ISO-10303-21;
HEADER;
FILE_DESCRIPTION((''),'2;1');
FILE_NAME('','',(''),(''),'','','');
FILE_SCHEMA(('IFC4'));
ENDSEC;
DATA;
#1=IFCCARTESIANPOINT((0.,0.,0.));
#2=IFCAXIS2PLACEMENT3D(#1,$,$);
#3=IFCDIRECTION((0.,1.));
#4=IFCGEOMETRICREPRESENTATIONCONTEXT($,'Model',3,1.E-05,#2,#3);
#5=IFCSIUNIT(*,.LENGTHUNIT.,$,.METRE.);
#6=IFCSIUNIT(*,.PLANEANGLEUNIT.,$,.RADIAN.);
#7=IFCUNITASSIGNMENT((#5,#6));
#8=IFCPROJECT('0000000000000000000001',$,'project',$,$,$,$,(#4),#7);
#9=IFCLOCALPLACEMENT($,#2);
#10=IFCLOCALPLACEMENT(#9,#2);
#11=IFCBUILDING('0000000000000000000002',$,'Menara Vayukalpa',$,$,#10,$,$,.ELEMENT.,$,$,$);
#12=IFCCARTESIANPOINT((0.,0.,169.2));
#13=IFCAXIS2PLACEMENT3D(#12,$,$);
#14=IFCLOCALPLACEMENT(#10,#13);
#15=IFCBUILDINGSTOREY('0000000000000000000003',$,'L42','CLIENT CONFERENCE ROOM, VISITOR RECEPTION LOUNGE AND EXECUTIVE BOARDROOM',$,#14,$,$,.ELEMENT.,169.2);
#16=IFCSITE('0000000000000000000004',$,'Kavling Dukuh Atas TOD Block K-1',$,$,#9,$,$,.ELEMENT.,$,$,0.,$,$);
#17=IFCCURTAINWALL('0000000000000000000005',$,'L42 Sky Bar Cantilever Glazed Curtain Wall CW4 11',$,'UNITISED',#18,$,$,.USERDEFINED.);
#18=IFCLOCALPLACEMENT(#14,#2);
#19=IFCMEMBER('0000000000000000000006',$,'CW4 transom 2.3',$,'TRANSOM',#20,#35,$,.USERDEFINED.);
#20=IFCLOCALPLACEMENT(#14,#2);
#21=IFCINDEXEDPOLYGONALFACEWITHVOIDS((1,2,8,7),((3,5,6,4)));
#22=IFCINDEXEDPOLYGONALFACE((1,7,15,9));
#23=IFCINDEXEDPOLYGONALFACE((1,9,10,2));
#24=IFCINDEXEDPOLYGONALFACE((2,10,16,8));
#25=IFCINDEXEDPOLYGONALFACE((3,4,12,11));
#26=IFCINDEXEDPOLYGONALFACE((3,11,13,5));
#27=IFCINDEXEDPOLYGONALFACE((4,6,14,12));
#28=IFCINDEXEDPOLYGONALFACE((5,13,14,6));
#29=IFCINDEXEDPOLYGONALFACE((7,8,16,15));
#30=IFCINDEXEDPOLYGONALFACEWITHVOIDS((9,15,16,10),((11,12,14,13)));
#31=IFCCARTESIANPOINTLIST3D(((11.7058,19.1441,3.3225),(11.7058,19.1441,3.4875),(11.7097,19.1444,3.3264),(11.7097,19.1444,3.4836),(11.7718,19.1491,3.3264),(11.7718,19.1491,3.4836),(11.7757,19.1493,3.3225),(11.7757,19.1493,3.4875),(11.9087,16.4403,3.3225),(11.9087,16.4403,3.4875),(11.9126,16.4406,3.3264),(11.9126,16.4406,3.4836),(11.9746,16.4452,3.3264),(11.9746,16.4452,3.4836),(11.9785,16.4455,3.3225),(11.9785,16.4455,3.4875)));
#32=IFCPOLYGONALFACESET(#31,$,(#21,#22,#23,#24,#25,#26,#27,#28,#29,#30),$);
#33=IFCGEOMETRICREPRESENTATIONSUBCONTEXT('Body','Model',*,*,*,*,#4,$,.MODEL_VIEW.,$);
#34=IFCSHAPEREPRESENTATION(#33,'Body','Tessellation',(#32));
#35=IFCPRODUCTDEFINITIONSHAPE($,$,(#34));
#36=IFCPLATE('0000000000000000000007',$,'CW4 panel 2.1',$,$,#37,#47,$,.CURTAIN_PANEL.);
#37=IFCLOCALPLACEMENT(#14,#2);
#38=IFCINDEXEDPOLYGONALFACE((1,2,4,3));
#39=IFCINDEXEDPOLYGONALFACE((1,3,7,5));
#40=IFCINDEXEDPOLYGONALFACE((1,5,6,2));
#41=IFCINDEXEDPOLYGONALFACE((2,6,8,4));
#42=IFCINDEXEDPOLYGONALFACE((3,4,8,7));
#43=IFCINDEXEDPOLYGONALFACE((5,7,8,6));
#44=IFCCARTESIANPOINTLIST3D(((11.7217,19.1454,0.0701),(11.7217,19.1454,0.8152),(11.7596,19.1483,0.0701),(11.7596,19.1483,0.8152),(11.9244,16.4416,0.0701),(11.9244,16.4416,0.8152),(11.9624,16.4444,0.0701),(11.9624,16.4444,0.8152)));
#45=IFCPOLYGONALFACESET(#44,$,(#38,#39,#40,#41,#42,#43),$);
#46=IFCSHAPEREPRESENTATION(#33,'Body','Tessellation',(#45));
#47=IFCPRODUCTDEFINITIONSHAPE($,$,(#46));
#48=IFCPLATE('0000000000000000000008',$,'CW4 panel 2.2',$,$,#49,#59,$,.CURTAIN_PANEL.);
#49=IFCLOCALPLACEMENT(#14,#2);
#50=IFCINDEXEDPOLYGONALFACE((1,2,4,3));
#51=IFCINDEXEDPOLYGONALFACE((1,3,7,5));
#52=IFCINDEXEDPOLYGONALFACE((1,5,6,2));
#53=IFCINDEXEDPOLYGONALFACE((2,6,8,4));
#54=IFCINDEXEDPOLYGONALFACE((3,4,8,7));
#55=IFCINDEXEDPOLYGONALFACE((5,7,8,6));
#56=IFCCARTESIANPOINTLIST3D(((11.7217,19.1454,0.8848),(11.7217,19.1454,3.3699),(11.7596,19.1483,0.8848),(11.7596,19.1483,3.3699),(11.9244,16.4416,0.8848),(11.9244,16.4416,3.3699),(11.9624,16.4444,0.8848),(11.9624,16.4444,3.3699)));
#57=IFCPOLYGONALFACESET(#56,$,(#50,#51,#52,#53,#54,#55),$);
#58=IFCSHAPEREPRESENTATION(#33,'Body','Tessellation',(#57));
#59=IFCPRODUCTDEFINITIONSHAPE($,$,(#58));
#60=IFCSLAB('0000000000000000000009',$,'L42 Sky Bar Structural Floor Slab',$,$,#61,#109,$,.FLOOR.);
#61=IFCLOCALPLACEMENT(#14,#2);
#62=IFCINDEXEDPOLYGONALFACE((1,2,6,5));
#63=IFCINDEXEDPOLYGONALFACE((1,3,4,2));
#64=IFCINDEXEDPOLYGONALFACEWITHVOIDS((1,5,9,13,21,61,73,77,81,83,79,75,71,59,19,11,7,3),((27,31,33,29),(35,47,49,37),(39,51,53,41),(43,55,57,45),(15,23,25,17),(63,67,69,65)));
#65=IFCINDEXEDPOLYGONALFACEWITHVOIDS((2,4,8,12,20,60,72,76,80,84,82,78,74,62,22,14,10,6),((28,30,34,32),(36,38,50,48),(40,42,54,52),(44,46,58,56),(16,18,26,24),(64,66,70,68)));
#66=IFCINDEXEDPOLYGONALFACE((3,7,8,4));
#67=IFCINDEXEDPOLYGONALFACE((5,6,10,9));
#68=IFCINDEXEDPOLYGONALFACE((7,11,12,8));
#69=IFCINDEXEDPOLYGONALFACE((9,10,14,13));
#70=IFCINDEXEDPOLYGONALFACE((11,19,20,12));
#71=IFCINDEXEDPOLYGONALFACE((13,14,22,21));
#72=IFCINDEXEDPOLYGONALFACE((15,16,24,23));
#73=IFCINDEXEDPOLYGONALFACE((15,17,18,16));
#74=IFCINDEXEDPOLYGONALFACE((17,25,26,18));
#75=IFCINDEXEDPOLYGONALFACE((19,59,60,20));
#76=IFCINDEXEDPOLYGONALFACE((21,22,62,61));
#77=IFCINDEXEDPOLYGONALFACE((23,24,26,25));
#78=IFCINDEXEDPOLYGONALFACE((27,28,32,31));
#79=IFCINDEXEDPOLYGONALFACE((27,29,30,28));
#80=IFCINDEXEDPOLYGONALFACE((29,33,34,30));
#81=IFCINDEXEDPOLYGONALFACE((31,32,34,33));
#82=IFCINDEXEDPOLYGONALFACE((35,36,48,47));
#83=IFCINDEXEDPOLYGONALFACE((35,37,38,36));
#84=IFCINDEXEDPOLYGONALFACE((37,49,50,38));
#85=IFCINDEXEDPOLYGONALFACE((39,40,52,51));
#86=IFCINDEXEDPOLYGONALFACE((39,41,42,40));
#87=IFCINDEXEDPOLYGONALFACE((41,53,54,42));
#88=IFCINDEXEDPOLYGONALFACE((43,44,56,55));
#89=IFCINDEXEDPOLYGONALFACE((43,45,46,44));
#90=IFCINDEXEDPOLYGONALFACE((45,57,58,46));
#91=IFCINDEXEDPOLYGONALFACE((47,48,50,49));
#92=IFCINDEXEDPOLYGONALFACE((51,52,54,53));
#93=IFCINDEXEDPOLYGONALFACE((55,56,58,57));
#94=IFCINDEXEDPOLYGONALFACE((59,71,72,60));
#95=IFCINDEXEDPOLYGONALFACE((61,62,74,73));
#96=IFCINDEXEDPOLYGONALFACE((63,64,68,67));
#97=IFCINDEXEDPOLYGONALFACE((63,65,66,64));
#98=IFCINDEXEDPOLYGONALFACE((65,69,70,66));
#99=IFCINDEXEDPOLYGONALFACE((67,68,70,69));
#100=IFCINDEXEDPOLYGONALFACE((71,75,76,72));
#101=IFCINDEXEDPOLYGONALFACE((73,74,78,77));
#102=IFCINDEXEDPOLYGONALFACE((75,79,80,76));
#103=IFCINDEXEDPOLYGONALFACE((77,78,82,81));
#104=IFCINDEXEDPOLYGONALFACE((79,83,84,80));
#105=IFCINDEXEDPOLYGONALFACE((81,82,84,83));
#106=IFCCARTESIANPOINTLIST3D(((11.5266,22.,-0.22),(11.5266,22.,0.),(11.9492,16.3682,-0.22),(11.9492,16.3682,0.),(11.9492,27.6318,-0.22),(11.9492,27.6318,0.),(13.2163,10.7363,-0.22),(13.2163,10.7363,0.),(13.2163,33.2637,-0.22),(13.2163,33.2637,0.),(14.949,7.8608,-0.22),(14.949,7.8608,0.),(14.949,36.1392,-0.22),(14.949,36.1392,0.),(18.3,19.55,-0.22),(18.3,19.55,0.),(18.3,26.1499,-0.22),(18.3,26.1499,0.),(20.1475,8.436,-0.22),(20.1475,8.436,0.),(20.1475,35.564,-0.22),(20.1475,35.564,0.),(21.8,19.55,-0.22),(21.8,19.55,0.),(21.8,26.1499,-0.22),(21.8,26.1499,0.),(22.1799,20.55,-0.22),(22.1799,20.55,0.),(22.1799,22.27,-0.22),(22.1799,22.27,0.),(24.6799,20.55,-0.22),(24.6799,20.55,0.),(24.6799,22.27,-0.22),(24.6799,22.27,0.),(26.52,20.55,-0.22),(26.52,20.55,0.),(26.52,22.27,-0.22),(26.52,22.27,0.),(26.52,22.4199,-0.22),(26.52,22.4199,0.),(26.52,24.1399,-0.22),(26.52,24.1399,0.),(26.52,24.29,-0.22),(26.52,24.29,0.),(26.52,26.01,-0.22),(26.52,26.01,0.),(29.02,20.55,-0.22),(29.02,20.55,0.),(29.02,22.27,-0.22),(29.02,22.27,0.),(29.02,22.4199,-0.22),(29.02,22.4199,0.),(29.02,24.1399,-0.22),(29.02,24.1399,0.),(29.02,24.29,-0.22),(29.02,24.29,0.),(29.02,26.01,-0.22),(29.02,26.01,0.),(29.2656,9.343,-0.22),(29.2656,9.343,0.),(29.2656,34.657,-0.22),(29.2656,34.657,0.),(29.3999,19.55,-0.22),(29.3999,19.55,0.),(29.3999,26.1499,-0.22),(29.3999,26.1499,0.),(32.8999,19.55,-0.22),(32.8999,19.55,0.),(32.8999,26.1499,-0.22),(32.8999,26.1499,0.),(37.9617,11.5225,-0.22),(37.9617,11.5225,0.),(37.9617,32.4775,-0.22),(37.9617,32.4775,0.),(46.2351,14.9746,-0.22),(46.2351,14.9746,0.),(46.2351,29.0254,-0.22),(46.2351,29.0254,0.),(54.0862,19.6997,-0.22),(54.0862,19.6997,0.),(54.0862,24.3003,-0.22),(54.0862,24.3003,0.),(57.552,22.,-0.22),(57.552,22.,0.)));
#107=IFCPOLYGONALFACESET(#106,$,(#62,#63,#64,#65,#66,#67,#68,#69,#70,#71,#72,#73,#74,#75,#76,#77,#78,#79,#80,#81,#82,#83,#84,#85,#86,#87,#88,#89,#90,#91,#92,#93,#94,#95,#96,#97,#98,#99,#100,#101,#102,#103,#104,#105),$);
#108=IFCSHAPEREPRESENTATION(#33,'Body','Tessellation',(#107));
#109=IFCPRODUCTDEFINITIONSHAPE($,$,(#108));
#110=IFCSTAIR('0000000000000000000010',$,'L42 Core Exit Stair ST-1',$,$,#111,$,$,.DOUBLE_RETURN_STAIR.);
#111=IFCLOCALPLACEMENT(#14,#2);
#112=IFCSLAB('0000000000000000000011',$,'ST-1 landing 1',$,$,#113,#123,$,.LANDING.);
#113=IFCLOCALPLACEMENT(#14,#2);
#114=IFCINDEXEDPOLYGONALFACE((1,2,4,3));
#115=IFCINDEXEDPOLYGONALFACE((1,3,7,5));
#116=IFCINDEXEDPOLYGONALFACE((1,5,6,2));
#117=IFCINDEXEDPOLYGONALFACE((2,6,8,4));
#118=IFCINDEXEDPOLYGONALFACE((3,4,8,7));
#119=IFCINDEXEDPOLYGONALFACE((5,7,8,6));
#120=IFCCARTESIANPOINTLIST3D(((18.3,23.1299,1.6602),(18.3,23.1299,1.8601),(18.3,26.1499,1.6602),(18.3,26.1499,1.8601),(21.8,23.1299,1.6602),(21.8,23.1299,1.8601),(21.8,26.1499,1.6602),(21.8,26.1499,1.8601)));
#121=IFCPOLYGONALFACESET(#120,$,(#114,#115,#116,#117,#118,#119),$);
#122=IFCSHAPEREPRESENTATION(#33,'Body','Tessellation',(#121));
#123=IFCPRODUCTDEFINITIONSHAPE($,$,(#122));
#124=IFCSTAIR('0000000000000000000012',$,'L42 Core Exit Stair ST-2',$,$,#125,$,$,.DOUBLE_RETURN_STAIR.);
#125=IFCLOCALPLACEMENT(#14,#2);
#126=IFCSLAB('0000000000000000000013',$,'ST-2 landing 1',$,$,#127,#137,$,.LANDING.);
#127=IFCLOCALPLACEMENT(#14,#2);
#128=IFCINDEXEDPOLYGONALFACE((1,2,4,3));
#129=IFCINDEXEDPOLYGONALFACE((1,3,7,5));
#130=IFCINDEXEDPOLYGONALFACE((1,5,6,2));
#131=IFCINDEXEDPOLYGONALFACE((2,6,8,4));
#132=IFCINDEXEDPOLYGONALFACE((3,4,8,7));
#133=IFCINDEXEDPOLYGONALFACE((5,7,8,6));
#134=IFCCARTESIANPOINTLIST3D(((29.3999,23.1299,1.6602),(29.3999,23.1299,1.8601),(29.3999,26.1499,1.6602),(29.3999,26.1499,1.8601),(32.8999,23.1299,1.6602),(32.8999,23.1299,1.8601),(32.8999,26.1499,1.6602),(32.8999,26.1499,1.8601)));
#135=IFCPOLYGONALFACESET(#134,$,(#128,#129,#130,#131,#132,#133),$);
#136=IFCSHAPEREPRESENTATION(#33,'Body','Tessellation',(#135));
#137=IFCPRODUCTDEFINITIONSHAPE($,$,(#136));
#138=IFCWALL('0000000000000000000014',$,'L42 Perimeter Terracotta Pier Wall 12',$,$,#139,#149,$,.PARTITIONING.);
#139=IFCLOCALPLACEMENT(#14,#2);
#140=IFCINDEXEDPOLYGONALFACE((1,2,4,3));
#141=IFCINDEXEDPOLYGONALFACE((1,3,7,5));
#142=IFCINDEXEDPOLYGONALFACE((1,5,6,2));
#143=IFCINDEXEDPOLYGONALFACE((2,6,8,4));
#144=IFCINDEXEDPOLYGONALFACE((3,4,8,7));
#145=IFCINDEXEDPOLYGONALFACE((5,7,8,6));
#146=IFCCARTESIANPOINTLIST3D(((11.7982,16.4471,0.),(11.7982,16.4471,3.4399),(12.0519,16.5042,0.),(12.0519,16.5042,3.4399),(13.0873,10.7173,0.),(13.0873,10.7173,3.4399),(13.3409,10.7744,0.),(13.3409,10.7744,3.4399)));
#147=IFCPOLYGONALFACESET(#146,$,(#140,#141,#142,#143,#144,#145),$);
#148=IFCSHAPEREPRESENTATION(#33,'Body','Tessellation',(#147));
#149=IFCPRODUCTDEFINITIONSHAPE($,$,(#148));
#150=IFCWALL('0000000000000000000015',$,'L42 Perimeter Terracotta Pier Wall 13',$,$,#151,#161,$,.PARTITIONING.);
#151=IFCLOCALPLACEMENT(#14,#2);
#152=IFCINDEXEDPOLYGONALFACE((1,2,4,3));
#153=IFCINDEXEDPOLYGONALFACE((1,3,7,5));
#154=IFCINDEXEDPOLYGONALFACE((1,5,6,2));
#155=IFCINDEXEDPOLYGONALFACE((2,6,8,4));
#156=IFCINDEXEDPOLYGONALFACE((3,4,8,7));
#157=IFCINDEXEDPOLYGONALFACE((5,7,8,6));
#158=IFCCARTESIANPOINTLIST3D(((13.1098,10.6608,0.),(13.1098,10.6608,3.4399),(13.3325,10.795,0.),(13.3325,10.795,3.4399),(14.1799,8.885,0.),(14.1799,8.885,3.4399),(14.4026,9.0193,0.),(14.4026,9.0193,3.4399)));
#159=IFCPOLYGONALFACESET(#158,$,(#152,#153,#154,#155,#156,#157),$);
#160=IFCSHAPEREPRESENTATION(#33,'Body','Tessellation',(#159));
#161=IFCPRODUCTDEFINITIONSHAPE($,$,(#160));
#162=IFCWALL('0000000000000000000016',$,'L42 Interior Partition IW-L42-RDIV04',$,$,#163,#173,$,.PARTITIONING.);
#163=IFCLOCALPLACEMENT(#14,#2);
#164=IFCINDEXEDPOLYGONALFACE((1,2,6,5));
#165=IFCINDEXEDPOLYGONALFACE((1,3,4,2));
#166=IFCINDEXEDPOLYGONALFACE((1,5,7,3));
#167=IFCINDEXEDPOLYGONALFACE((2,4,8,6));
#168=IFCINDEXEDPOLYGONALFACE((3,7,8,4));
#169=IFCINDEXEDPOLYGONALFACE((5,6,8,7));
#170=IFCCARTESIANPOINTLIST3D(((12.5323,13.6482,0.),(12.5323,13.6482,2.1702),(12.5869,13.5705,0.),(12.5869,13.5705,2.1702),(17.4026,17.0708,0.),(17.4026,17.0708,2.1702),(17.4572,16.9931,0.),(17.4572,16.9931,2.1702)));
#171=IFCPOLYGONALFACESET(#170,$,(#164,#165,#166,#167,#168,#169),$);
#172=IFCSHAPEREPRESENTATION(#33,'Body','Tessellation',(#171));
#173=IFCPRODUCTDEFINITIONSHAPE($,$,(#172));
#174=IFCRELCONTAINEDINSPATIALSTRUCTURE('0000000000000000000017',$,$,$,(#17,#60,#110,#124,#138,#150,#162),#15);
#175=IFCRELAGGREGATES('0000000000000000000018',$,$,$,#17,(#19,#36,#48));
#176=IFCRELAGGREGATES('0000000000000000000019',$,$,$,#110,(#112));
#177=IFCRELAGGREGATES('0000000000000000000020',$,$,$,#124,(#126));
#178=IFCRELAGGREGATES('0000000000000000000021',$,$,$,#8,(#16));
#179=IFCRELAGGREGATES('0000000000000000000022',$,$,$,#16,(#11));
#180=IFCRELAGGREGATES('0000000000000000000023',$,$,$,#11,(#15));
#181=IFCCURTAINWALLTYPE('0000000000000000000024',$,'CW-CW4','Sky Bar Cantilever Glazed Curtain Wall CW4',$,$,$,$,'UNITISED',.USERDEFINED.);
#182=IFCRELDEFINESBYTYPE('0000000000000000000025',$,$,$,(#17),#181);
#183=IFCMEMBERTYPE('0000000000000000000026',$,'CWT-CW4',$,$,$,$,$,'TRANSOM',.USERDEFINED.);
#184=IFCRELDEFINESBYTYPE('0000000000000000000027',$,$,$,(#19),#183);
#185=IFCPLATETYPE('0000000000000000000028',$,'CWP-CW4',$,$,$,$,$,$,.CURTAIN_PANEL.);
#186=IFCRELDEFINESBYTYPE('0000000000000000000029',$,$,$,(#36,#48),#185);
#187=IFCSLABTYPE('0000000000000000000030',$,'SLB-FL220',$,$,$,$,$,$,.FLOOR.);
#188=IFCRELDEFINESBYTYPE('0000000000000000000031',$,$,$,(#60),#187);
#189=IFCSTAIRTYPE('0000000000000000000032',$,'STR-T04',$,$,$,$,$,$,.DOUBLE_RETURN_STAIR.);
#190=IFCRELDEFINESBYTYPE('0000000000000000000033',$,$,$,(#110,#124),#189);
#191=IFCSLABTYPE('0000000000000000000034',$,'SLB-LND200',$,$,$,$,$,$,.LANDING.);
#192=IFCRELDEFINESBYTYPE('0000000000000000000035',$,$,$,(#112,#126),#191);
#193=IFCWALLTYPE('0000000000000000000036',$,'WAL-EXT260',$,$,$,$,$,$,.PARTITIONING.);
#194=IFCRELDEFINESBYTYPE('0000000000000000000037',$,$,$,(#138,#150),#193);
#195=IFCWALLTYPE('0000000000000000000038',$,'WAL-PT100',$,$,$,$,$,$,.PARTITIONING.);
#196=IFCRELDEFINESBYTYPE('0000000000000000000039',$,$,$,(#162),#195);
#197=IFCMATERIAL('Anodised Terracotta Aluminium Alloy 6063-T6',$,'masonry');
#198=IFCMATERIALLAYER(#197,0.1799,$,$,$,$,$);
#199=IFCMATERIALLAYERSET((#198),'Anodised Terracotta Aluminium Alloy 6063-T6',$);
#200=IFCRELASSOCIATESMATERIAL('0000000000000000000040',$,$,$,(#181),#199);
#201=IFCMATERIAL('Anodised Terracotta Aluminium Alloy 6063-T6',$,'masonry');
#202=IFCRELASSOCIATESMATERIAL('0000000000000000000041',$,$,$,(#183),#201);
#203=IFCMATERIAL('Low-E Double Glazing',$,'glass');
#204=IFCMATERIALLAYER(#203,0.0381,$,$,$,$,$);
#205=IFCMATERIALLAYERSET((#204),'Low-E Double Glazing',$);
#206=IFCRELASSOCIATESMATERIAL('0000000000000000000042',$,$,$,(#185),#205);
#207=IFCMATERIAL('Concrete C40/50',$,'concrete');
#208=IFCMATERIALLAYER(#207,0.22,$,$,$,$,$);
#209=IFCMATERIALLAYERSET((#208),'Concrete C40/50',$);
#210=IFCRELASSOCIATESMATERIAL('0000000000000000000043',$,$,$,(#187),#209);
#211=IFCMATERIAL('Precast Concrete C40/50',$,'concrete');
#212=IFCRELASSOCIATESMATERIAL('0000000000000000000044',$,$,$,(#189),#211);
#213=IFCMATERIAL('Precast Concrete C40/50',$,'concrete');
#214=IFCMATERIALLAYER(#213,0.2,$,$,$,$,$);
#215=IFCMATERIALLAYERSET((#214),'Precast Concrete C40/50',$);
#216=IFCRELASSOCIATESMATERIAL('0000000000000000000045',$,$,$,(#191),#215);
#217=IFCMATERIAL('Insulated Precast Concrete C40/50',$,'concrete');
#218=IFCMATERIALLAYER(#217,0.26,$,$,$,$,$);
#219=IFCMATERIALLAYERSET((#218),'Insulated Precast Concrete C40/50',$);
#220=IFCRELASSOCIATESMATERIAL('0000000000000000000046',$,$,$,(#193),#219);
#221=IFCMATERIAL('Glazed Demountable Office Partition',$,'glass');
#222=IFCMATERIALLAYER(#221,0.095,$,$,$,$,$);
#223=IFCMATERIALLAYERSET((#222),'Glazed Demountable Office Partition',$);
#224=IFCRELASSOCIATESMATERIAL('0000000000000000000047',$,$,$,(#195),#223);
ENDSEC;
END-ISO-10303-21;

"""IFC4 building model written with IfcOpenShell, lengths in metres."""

from ifc_helpers import new_model, si_unit, direction, frame, frame_2d, origin, origin_2d, place, context, subcontext, project, spatial, polyline, rectangle, hollow_rectangle, outline, extrude, material, layer, layer_set, material_profile, profile_set, type_object, element, aggregate, save


model = new_model("IFC4")

# Units and contexts
model_context = context("Model", 3, precision=1e-05, world=origin(), true_north=direction((0.0, 1.0)))
body_context = subcontext(model_context, "Body", "Model", "MODEL_VIEW")
ifc_project = project(units=[si_unit("LENGTHUNIT", "METRE"), si_unit("PLANEANGLEUNIT", "RADIAN")], contexts=[model_context])

# Site, building, storey
site_placement = place(None, origin())
site = spatial("IfcSite", under=ifc_project, at=site_placement, Name="Kavling Dukuh Atas TOD Block K-1", CompositionType="ELEMENT", RefElevation=0.0)
building_placement = place(site_placement, origin())
building = spatial("IfcBuilding", under=site, at=building_placement, Name="Menara Vayukalpa", CompositionType="ELEMENT")
storey_placement = place(building_placement, frame((0.0, 0.0, 169.2)))
storey = spatial("IfcBuildingStorey", under=building, at=storey_placement, Name="L42", Description="CLIENT CONFERENCE ROOM, VISITOR RECEPTION LOUNGE AND EXECUTIVE BOARDROOM", CompositionType="ELEMENT", Elevation=169.2)

# Curtain wall, member, plates
ifc_material_1 = material(Name="Anodised Terracotta Aluminium Alloy 6063-T6", Category="masonry")
ifc_layer_1 = layer(ifc_material_1, 0.1799)
ifc_layer_set_1 = layer_set([ifc_layer_1], Name="Anodised Terracotta Aluminium Alloy 6063-T6")
curtain_wall_type = type_object("IfcCurtainWallType", Name="CW-CW4", Description="Sky Bar Cantilever Glazed Curtain Wall CW4", ElementType="UNITISED", PredefinedType="USERDEFINED", material=ifc_layer_set_1)
curtain_wall_placement = place(storey_placement, origin())
curtain_wall = element("IfcCurtainWall", 1, at=curtain_wall_placement, inside=storey, type_object=curtain_wall_type, Name="L42 Sky Bar Cantilever Glazed Curtain Wall CW4 11", ObjectType="UNITISED", PredefinedType="USERDEFINED")
ifc_material_2 = material(Name="Anodised Terracotta Aluminium Alloy 6063-T6", Category="masonry")
ifc_material_profile_1 = material_profile(ifc_material_2, hollow_rectangle(XDim=0.0701, YDim=0.165, WallThickness=0.0039, at=origin_2d()), Name="ALU 70x165x4")
ifc_profile_set_1 = profile_set([ifc_material_profile_1], Name="Anodised Terracotta Aluminium Alloy 6063-T6")
member_type_1 = type_object("IfcMemberType", Name="CWT-CW4", ElementType="TRANSOM", PredefinedType="USERDEFINED", material=ifc_profile_set_1)
member_1_placement = place(storey_placement, frame((11.7407, 19.1467, 3.405), z_axis=(0.074824, -0.997197, 0.0), x_axis=(0.997197, 0.074824, 0.0)))
member_1 = element("IfcMember", 2, at=member_1_placement, type_object=member_type_1, Name="CW4 transom 2.3", ObjectType="TRANSOM", PredefinedType="USERDEFINED", context=body_context, shape_type="SweptSolid", body=[
    extrude(hollow_rectangle(XDim=0.0701, YDim=0.165, WallThickness=0.0039, at=origin_2d()), origin(), (0.0, 0.0, 1.0), 2.7114),
])
ifc_material_3 = material(Name="Low-E Double Glazing", Category="glass")
ifc_layer_2 = layer(ifc_material_3, 0.0381)
ifc_layer_set_2 = layer_set([ifc_layer_2], Name="Low-E Double Glazing")
plate_type = type_object("IfcPlateType", Name="CWP-CW4", PredefinedType="CURTAIN_PANEL", material=ifc_layer_set_2)
plate_1_placement = place(storey_placement, frame((11.842, 17.7949, 0.0701), z_axis=(0.0, 0.0, 1.0), x_axis=(0.074793, -0.997199, 0.0)))
plate_1 = element("IfcPlate", 3, at=plate_1_placement, type_object=plate_type, Name="CW4 panel 2.1", PredefinedType="CURTAIN_PANEL", context=body_context, shape_type="SweptSolid", body=[
    extrude(rectangle(XDim=2.7114, YDim=0.0381, at=origin_2d()), origin(), (0.0, 0.0, 1.0), 0.7451),
])
plate_2_placement = place(storey_placement, frame((11.842, 17.7949, 0.8848), z_axis=(0.0, 0.0, 1.0), x_axis=(0.074793, -0.997199, 0.0)))
plate_2 = element("IfcPlate", 4, at=plate_2_placement, type_object=plate_type, Name="CW4 panel 2.2", PredefinedType="CURTAIN_PANEL", context=body_context, shape_type="SweptSolid", body=[
    extrude(rectangle(XDim=2.7114, YDim=0.0381, at=origin_2d()), origin(), (0.0, 0.0, 1.0), 2.4851),
])
aggregate(curtain_wall, [member_1, plate_1, plate_2])

# Slab
ifc_material_4 = material(Name="Concrete C40/50", Category="concrete")
ifc_layer_3 = layer(ifc_material_4, 0.22)
ifc_layer_set_3 = layer_set([ifc_layer_3], Name="Concrete C40/50")
slab_type_1 = type_object("IfcSlabType", Name="SLB-FL220", PredefinedType="FLOOR", material=ifc_layer_set_3)
slab_1_placement = place(storey_placement, frame((0.0, 0.0, -0.22)))
element("IfcSlab", 5, at=slab_1_placement, inside=storey, type_object=slab_type_1, Name="L42 Sky Bar Structural Floor Slab", PredefinedType="FLOOR", context=body_context, shape_type="SweptSolid", body=[
    extrude(outline(polyline([(54.0862, 19.6997), (57.552, 22.0), (54.0862, 24.3003), (46.2351, 29.0254), (37.9617, 32.4775), (29.2656, 34.657), (20.1475, 35.564), (14.949, 36.1392), (13.2163, 33.2637), (11.9492, 27.6318), (11.5266, 22.0), (11.9492, 16.3682), (13.2163, 10.7363), (14.949, 7.8608), (20.1475, 8.436), (29.2656, 9.343), (37.9617, 11.5225), (46.2351, 14.9746), (54.0862, 19.6997)]), holes=[polyline([(21.8, 19.55), (21.8, 26.1499), (18.3, 26.1499), (18.3, 19.55), (21.8, 19.55)]), polyline([(32.8999, 19.55), (32.8999, 26.1499), (29.3999, 26.1499), (29.3999, 19.55), (32.8999, 19.55)]), polyline([(22.1799, 20.55), (24.6799, 20.55), (24.6799, 22.27), (22.1799, 22.27), (22.1799, 20.55)]), polyline([(26.52, 20.55), (29.02, 20.55), (29.02, 22.27), (26.52, 22.27), (26.52, 20.55)]), polyline([(26.52, 24.29), (29.02, 24.29), (29.02, 26.01), (26.52, 26.01), (26.52, 24.29)]), polyline([(26.52, 22.4199), (29.02, 22.4199), (29.02, 24.1399), (26.52, 24.1399), (26.52, 22.4199)])]), origin(), (0.0, 0.0, 1.0), 0.22),
])

# Stairs, slabs
ifc_material_5 = material(Name="Precast Concrete C40/50", Category="concrete")
stair_type = type_object("IfcStairType", Name="STR-T04", PredefinedType="DOUBLE_RETURN_STAIR", material=ifc_material_5)
stair_1_placement = place(storey_placement, origin())
stair_1 = element("IfcStair", 6, at=stair_1_placement, inside=storey, type_object=stair_type, Name="L42 Core Exit Stair ST-1", PredefinedType="DOUBLE_RETURN_STAIR")
ifc_material_6 = material(Name="Precast Concrete C40/50", Category="concrete")
ifc_layer_4 = layer(ifc_material_6, 0.2)
ifc_layer_set_4 = layer_set([ifc_layer_4], Name="Precast Concrete C40/50")
slab_type_2 = type_object("IfcSlabType", Name="SLB-LND200", PredefinedType="LANDING", material=ifc_layer_set_4)
slab_2_placement = place(storey_placement, frame((0.0, 0.0, 1.6602)))
slab_2 = element("IfcSlab", 7, at=slab_2_placement, type_object=slab_type_2, Name="ST-1 landing 1", PredefinedType="LANDING", context=body_context, shape_type="SweptSolid", body=[
    extrude(outline(polyline([(21.8, 23.1299), (21.8, 26.1499), (18.3, 26.1499), (18.3, 23.1299), (21.8, 23.1299)])), origin(), (0.0, 0.0, 1.0), 0.2),
])
aggregate(stair_1, [slab_2])
stair_2_placement = place(storey_placement, origin())
stair_2 = element("IfcStair", 8, at=stair_2_placement, inside=storey, type_object=stair_type, Name="L42 Core Exit Stair ST-2", PredefinedType="DOUBLE_RETURN_STAIR")
slab_3_placement = place(storey_placement, frame((0.0, 0.0, 1.6602)))
slab_3 = element("IfcSlab", 9, at=slab_3_placement, type_object=slab_type_2, Name="ST-2 landing 1", PredefinedType="LANDING", context=body_context, shape_type="SweptSolid", body=[
    extrude(outline(polyline([(32.8999, 23.1299), (32.8999, 26.1499), (29.3999, 26.1499), (29.3999, 23.1299), (32.8999, 23.1299)])), origin(), (0.0, 0.0, 1.0), 0.2),
])
aggregate(stair_2, [slab_3])

# Walls
ifc_material_7 = material(Name="Insulated Precast Concrete C40/50", Category="concrete")
ifc_layer_5 = layer(ifc_material_7, 0.26)
ifc_layer_set_5 = layer_set([ifc_layer_5], Name="Insulated Precast Concrete C40/50")
wall_type_1 = type_object("IfcWallType", Name="WAL-EXT260", PredefinedType="PARTITIONING", material=ifc_layer_set_5)
wall_1_placement = place(storey_placement, frame((13.2141, 10.7458, 0.0), z_axis=(0.0, 0.0, 1.0), x_axis=(-0.219491, 0.975614, 0.0)))
element("IfcWall", 10, at=wall_1_placement, inside=storey, type_object=wall_type_1, Name="L42 Perimeter Terracotta Pier Wall 12", PredefinedType="PARTITIONING", context=body_context, shape_type="SweptSolid", body=[
    extrude(rectangle(XDim=5.873, YDim=0.26, at=frame_2d((2.9365, 0.0))), origin(), (0.0, 0.0, 1.0), 3.4399),
])
wall_2_placement = place(storey_placement, frame((14.2913, 8.9521, 0.0), z_axis=(0.0, 0.0, 1.0), x_axis=(-0.516157, 0.856494, 0.0)))
element("IfcWall", 11, at=wall_2_placement, inside=storey, type_object=wall_type_1, Name="L42 Perimeter Terracotta Pier Wall 13", PredefinedType="PARTITIONING", context=body_context, shape_type="SweptSolid", body=[
    extrude(rectangle(XDim=2.0732, YDim=0.26, at=frame_2d((1.0366, 0.0))), origin(), (0.0, 0.0, 1.0), 3.4399),
])
ifc_material_8 = material(Name="Glazed Demountable Office Partition", Category="glass")
ifc_layer_6 = layer(ifc_material_8, 0.095)
ifc_layer_set_6 = layer_set([ifc_layer_6], Name="Glazed Demountable Office Partition")
wall_type_2 = type_object("IfcWallType", Name="WAL-PT100", PredefinedType="PARTITIONING", material=ifc_layer_set_6)
wall_3_placement = place(storey_placement, frame((12.5596, 13.6094, 0.0), z_axis=(0.0, 0.0, 1.0), x_axis=(0.818177, 0.574967, 0.0)))
element("IfcWall", 12, at=wall_3_placement, inside=storey, type_object=wall_type_2, Name="L42 Interior Partition IW-L42-RDIV04", PredefinedType="PARTITIONING", context=body_context, shape_type="SweptSolid", body=[
    extrude(rectangle(XDim=5.9526, YDim=0.095, at=frame_2d((2.9763, 0.0))), origin(), (0.0, 0.0, 1.0), 2.1702),
])

save(model, "model.ifc")
